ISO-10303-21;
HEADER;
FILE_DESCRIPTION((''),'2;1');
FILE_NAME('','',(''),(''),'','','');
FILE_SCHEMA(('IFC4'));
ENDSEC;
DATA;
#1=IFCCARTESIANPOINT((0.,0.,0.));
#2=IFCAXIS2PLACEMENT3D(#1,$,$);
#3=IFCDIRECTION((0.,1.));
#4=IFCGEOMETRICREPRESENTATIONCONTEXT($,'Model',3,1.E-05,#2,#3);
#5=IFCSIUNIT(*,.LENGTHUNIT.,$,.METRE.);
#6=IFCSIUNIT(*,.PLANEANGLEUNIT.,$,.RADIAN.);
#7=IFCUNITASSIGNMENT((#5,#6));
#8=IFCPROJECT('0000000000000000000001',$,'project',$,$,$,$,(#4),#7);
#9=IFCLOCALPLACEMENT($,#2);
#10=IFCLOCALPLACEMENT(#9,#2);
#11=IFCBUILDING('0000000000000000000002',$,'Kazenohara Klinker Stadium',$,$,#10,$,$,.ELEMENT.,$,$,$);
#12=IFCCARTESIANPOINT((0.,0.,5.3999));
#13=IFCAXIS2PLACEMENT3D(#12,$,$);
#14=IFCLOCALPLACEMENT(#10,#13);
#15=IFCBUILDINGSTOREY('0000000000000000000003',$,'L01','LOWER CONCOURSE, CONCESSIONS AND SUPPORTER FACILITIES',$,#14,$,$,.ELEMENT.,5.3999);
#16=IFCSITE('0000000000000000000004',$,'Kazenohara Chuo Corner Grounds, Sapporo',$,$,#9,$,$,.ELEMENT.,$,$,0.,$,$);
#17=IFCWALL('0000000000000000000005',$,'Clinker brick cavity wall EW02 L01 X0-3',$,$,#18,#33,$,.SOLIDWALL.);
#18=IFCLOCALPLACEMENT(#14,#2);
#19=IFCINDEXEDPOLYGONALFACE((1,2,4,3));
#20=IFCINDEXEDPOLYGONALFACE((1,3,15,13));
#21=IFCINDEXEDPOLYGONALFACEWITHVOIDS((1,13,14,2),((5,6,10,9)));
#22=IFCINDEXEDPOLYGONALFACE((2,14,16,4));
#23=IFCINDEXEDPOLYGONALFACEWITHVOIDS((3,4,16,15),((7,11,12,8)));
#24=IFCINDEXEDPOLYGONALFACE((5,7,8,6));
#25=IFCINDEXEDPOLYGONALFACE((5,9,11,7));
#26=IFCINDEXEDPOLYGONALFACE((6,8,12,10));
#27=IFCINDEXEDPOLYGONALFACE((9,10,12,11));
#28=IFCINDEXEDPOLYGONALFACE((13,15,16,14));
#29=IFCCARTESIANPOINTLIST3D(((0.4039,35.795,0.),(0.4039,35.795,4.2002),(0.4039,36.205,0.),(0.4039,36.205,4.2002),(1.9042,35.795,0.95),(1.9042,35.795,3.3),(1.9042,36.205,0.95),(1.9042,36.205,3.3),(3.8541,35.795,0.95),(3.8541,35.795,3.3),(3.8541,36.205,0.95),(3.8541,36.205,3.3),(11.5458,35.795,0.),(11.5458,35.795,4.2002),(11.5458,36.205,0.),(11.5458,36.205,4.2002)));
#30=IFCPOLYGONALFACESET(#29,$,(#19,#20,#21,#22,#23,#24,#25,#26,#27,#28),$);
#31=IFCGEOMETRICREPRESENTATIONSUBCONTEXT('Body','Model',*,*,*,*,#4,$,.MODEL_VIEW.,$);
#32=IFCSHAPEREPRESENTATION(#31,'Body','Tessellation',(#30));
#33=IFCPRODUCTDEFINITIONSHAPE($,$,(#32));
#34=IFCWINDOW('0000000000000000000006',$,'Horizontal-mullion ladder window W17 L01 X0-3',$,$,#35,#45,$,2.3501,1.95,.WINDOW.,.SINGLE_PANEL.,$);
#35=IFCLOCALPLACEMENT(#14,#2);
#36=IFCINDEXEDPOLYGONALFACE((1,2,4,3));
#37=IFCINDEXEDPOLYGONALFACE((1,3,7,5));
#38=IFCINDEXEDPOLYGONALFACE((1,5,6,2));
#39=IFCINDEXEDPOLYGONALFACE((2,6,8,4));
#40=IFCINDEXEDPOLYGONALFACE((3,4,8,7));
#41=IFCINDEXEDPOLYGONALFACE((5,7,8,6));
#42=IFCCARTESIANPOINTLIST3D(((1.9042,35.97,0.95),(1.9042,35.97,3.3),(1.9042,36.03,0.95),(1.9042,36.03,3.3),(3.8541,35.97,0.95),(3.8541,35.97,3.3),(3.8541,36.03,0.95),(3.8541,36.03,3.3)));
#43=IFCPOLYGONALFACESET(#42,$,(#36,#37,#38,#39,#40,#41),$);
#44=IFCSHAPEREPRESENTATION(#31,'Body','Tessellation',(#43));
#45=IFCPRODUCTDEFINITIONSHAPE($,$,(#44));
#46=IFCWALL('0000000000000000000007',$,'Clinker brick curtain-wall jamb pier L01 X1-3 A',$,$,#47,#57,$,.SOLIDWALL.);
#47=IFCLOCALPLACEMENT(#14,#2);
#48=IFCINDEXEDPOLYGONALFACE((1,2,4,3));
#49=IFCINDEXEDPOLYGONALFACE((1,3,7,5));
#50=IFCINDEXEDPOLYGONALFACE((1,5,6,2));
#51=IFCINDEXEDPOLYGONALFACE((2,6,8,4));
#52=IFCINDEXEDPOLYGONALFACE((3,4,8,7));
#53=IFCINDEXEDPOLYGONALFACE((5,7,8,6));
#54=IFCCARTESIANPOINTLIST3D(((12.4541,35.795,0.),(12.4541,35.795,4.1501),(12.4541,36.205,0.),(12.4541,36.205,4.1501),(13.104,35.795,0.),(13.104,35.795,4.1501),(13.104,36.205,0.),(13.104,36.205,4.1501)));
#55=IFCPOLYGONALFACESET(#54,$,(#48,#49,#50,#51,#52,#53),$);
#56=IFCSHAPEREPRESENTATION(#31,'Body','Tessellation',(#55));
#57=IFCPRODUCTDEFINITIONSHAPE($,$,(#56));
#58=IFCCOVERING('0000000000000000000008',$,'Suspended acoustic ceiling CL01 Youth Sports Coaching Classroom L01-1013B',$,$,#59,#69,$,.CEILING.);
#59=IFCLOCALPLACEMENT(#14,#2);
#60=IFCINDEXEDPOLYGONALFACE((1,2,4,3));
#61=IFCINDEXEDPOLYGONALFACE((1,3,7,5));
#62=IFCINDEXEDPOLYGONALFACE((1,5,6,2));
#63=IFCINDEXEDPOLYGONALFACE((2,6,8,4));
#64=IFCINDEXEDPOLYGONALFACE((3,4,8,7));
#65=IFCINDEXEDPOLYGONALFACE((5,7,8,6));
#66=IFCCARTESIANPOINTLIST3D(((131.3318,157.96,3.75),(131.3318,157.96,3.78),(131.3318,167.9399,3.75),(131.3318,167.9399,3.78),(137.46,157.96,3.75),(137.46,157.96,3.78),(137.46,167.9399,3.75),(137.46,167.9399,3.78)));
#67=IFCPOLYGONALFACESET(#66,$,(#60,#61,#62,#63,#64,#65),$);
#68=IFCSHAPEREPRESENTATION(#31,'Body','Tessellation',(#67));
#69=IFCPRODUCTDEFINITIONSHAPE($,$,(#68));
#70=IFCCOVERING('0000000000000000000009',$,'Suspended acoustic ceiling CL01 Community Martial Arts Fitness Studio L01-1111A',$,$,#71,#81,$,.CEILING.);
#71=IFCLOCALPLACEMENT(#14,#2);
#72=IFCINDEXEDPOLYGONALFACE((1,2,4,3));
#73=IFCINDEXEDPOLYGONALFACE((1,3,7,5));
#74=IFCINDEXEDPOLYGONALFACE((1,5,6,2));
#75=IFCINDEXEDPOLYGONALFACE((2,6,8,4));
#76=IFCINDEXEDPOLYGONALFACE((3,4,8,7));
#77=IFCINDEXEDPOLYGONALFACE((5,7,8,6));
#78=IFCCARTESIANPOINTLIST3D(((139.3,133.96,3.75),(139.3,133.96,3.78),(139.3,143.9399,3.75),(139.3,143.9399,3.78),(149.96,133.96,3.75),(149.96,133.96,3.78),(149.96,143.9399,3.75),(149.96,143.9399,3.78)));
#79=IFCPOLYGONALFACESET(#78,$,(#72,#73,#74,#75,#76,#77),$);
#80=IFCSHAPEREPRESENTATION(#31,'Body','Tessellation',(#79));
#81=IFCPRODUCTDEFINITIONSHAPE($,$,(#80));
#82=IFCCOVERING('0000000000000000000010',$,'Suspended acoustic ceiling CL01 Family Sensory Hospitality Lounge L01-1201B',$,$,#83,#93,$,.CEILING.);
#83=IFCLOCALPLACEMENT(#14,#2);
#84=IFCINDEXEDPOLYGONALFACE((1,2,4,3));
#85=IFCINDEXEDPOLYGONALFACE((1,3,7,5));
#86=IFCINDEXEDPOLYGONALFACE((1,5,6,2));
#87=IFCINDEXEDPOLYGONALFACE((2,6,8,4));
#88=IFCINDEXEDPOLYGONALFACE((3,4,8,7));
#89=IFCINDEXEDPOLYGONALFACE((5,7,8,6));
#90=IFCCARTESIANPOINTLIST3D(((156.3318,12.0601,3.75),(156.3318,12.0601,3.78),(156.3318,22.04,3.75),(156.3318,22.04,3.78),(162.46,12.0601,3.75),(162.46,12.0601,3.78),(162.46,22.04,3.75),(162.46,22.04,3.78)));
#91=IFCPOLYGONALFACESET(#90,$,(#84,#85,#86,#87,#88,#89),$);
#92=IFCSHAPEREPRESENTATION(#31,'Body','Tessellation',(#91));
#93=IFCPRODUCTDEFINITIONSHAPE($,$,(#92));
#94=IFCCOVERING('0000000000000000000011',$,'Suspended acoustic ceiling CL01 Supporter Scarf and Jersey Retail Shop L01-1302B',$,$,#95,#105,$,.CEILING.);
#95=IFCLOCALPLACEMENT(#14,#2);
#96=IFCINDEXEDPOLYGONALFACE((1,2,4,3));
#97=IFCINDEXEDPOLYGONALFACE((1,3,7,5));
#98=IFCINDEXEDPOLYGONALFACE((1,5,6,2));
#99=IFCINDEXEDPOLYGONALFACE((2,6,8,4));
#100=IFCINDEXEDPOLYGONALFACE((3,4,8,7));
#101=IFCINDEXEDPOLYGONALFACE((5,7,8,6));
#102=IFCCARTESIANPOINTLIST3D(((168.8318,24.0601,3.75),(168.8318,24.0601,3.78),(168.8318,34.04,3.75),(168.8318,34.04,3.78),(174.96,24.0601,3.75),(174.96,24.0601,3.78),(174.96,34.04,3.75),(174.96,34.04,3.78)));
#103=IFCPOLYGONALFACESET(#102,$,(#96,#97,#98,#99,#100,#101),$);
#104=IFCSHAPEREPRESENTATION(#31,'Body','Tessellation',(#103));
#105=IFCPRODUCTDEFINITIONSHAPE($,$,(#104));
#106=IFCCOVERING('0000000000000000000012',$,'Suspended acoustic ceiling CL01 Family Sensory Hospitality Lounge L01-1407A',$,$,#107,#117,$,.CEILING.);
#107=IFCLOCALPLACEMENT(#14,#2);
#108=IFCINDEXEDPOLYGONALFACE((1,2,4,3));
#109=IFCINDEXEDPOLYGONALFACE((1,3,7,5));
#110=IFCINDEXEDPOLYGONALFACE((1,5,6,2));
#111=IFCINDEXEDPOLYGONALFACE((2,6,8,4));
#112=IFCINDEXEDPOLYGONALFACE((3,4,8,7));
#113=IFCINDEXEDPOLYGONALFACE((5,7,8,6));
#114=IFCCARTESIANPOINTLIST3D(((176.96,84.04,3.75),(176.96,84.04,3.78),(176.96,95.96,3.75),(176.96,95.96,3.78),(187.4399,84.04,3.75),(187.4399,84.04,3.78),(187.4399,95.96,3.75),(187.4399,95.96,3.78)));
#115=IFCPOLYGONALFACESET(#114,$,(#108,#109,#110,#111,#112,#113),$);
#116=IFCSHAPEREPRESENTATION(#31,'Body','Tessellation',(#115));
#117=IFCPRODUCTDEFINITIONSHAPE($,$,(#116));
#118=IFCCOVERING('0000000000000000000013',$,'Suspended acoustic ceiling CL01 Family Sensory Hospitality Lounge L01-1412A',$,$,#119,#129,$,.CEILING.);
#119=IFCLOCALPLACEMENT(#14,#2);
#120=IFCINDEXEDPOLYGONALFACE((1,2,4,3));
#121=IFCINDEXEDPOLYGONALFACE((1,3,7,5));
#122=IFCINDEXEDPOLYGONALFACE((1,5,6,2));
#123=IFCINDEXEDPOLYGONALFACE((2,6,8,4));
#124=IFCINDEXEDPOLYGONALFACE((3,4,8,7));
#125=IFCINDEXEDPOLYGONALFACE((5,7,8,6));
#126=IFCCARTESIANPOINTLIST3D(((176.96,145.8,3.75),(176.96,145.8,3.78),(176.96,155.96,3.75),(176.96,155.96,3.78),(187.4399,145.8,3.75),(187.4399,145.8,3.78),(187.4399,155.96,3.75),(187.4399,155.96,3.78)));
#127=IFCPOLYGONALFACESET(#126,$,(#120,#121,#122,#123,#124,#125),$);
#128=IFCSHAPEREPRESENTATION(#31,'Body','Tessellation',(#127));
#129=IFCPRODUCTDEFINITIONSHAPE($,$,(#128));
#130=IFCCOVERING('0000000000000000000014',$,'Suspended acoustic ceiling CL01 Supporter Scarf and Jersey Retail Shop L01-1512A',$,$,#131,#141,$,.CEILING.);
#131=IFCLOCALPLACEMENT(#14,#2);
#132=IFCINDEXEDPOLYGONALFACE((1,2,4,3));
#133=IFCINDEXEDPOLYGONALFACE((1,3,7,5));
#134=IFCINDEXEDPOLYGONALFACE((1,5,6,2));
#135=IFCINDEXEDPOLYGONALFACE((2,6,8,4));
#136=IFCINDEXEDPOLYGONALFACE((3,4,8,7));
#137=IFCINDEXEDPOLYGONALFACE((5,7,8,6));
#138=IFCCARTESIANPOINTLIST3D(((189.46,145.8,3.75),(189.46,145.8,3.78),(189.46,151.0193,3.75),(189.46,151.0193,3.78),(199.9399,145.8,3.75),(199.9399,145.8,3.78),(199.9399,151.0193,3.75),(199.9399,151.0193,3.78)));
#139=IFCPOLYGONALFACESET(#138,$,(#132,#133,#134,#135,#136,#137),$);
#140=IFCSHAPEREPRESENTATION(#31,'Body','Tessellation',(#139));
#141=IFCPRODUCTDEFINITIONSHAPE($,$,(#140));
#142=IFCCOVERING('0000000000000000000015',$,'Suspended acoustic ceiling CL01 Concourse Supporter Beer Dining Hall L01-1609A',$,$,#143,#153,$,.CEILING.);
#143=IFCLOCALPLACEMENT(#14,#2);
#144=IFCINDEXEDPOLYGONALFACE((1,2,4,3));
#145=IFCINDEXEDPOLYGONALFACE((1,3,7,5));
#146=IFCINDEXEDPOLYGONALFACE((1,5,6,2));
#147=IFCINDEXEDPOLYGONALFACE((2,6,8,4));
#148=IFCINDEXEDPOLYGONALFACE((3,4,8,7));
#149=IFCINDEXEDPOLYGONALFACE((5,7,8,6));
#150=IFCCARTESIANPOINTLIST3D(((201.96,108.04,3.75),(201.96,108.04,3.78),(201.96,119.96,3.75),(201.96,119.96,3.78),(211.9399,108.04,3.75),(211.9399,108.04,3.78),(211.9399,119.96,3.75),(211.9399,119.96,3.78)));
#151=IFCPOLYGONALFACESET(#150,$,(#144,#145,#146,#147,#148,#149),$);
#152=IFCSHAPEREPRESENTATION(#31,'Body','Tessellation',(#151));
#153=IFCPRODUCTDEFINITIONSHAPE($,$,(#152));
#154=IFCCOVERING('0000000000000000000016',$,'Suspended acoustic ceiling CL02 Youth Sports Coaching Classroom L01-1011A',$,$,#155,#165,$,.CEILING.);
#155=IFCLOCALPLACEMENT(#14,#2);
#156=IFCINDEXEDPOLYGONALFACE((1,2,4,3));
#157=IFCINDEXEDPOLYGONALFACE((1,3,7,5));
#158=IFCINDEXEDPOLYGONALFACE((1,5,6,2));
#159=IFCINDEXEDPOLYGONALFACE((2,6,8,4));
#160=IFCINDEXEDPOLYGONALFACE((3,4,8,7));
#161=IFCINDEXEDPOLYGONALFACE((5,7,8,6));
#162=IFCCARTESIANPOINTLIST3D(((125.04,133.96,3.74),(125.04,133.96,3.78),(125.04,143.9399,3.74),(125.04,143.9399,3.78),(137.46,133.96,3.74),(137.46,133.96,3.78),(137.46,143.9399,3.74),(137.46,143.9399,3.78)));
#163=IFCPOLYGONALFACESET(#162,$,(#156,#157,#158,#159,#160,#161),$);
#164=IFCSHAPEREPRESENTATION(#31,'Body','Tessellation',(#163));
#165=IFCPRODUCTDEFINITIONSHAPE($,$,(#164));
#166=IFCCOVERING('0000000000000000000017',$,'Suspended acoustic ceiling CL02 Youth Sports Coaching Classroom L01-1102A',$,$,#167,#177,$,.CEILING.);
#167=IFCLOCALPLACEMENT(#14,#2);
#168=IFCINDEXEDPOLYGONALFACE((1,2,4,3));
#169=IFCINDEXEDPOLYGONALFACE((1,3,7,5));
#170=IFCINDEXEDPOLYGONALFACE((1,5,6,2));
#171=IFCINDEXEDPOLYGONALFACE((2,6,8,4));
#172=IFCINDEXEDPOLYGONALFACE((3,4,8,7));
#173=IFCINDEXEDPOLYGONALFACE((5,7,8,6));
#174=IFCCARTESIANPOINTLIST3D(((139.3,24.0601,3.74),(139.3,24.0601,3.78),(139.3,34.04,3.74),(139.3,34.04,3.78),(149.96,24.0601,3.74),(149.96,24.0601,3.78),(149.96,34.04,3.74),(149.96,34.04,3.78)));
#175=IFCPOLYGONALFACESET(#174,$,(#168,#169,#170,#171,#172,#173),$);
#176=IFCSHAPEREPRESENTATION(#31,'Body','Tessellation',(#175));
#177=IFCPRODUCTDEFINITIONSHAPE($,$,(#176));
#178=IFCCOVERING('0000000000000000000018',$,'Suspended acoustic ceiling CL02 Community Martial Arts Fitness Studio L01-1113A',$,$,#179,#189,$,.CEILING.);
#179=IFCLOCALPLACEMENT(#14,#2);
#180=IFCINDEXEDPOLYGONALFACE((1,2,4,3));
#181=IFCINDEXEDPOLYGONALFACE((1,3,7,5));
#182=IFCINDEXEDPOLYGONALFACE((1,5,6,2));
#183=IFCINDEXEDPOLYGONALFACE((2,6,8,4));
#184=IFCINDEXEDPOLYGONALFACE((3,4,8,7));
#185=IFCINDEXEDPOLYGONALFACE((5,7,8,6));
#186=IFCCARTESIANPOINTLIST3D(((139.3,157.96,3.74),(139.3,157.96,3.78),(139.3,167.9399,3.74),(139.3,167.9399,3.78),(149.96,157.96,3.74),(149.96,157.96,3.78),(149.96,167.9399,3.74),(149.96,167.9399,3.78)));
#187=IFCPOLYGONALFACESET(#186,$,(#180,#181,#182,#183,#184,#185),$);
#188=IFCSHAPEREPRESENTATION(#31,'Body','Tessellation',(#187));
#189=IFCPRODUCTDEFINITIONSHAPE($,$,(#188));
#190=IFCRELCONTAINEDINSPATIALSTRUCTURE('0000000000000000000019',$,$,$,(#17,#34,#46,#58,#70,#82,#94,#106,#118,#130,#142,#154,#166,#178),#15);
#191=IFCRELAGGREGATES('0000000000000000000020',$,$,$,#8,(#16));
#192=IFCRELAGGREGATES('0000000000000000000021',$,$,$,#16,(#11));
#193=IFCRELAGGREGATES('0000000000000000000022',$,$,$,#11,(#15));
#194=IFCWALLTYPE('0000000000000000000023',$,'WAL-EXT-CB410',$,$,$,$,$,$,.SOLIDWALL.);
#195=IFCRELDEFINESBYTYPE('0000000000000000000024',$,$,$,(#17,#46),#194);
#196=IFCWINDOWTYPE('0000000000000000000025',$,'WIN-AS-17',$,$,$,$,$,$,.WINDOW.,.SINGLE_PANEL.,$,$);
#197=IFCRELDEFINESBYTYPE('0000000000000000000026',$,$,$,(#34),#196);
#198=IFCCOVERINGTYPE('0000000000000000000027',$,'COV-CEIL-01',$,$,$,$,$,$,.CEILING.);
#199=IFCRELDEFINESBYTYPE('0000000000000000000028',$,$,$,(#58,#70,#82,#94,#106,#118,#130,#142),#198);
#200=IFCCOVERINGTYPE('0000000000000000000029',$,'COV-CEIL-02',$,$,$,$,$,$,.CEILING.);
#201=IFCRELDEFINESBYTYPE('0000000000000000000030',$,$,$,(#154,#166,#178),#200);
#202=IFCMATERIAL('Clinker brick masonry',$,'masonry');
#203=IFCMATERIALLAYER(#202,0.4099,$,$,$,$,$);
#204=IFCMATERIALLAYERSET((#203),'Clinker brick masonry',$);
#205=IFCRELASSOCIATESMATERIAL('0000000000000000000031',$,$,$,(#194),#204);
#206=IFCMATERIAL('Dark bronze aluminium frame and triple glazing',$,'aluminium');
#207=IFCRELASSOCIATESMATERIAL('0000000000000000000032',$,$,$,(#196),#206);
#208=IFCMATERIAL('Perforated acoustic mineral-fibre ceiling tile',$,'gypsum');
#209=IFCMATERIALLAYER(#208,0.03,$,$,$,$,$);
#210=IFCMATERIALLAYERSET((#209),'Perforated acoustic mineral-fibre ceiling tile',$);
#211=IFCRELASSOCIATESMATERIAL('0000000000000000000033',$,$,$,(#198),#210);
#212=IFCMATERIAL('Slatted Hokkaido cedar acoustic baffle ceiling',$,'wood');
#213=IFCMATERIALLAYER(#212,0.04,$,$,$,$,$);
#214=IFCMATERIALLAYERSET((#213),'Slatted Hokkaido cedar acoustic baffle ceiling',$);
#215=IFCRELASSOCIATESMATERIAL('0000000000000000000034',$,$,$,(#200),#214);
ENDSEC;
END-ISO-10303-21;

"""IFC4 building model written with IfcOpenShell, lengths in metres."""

from ifc_helpers import new_model, si_unit, direction, frame, frame_2d, origin, place, context, subcontext, project, spatial, polyline, rectangle, outline, extrude, material, layer, layer_set, type_object, element, fill, save


model = new_model("IFC4")

# Units and contexts
model_context = context("Model", 3, precision=1e-05, world=origin(), true_north=direction((0.0, 1.0)))
body_context = subcontext(model_context, "Body", "Model", "MODEL_VIEW")
ifc_project = project(units=[si_unit("LENGTHUNIT", "METRE"), si_unit("PLANEANGLEUNIT", "RADIAN")], contexts=[model_context])

# Site, building, storey
site_placement = place(None, origin())
site = spatial("IfcSite", under=ifc_project, at=site_placement, Name="Kazenohara Chuo Corner Grounds, Sapporo", CompositionType="ELEMENT", RefElevation=0.0)
building_placement = place(site_placement, origin())
building = spatial("IfcBuilding", under=site, at=building_placement, Name="Kazenohara Klinker Stadium", CompositionType="ELEMENT")
storey_placement = place(building_placement, frame((0.0, 0.0, 5.3999)))
storey = spatial("IfcBuildingStorey", under=building, at=storey_placement, Name="L01", Description="LOWER CONCOURSE, CONCESSIONS AND SUPPORTER FACILITIES", CompositionType="ELEMENT", Elevation=5.3999)

# Wall, opening, window
ifc_material_1 = material(Name="Clinker brick masonry", Category="masonry")
ifc_layer_1 = layer(ifc_material_1, 0.4099)
ifc_layer_set_1 = layer_set([ifc_layer_1], Name="Clinker brick masonry")
wall_type = type_object("IfcWallType", Name="WAL-EXT-CB410", PredefinedType="SOLIDWALL", material=ifc_layer_set_1)
wall_1_placement = place(storey_placement, frame((0.4041, 36.0, 0.0), z_axis=(0.0, 0.0, 1.0), x_axis=(1.0, 0.0, 0.0)))
wall_1 = element("IfcWall", 1, at=wall_1_placement, inside=storey, type_object=wall_type, Name="Clinker brick cavity wall EW02 L01 X0-3", PredefinedType="SOLIDWALL", context=body_context, shape_type="SweptSolid", body=[
    extrude(rectangle(XDim=11.1418, YDim=0.4099, at=frame_2d((5.5708, 0.0))), origin(), (0.0, 0.0, 1.0), 4.2002),
])
opening_placement = place(wall_1_placement, frame((1.5, 0.0, 0.95)))
opening = element("IfcOpeningElement", 2, at=opening_placement, cuts=wall_1, PredefinedType="OPENING", context=body_context, shape_type="SweptSolid", body=[
    extrude(rectangle(XDim=1.95, YDim=2.3501, at=frame_2d((0.9751, 1.175))), frame((0.0, 0.2148, 0.0), z_axis=(0.0, -1.0, 0.0), x_axis=(1.0, 0.0, 0.0)), (0.0, 0.0, 1.0), 0.4299),
])
ifc_material_2 = material(Name="Dark bronze aluminium frame and triple glazing", Category="aluminium")
window_type = type_object("IfcWindowType", Name="WIN-AS-17", PartitioningType="SINGLE_PANEL", PredefinedType="WINDOW", material=ifc_material_2)
window_placement = place(opening_placement, origin())
window = element("IfcWindow", 3, at=window_placement, inside=storey, type_object=window_type, Name="Horizontal-mullion ladder window W17 L01 X0-3", OverallHeight=2.3501, OverallWidth=1.95, PartitioningType="SINGLE_PANEL", PredefinedType="WINDOW", context=body_context, shape_type="SweptSolid", body=[
    extrude(rectangle(XDim=1.95, YDim=2.3501, at=frame_2d((0.9751, 1.175))), frame((0.0, 0.03, 0.0), z_axis=(0.0, -1.0, 0.0), x_axis=(1.0, 0.0, 0.0)), (0.0, 0.0, 1.0), 0.0601),
])
fill(opening, window)

# Wall
wall_2_placement = place(storey_placement, frame((12.4541, 36.0, 0.0), z_axis=(0.0, 0.0, 1.0), x_axis=(1.0, 0.0, 0.0)))
element("IfcWall", 4, at=wall_2_placement, inside=storey, type_object=wall_type, Name="Clinker brick curtain-wall jamb pier L01 X1-3 A", PredefinedType="SOLIDWALL", context=body_context, shape_type="SweptSolid", body=[
    extrude(rectangle(XDim=0.6499, YDim=0.4099, at=frame_2d((0.325, 0.0))), origin(), (0.0, 0.0, 1.0), 4.1501),
])

# Coverings
ifc_material_3 = material(Name="Perforated acoustic mineral-fibre ceiling tile", Category="gypsum")
ifc_layer_2 = layer(ifc_material_3, 0.03)
ifc_layer_set_2 = layer_set([ifc_layer_2], Name="Perforated acoustic mineral-fibre ceiling tile")
covering_type_1 = type_object("IfcCoveringType", Name="COV-CEIL-01", PredefinedType="CEILING", material=ifc_layer_set_2)
covering_1_placement = place(storey_placement, frame((0.0, 0.0, 3.75)))
element("IfcCovering", 5, at=covering_1_placement, inside=storey, type_object=covering_type_1, Name="Suspended acoustic ceiling CL01 Youth Sports Coaching Classroom L01-1013B", PredefinedType="CEILING", context=body_context, shape_type="SweptSolid", body=[
    extrude(outline(polyline([(131.3318, 157.96), (137.46, 157.96), (137.46, 167.9399), (131.3318, 167.9399), (131.3318, 157.96)])), origin(), (0.0, 0.0, 1.0), 0.03),
])
covering_2_placement = place(storey_placement, frame((0.0, 0.0, 3.75)))
element("IfcCovering", 6, at=covering_2_placement, inside=storey, type_object=covering_type_1, Name="Suspended acoustic ceiling CL01 Community Martial Arts Fitness Studio L01-1111A", PredefinedType="CEILING", context=body_context, shape_type="SweptSolid", body=[
    extrude(outline(polyline([(139.3, 133.96), (149.96, 133.96), (149.96, 143.9399), (139.3, 143.9399), (139.3, 133.96)])), origin(), (0.0, 0.0, 1.0), 0.03),
])
covering_3_placement = place(storey_placement, frame((0.0, 0.0, 3.75)))
element("IfcCovering", 7, at=covering_3_placement, inside=storey, type_object=covering_type_1, Name="Suspended acoustic ceiling CL01 Family Sensory Hospitality Lounge L01-1201B", PredefinedType="CEILING", context=body_context, shape_type="SweptSolid", body=[
    extrude(outline(polyline([(156.3318, 12.0601), (162.46, 12.0601), (162.46, 22.04), (156.3318, 22.04), (156.3318, 12.0601)])), origin(), (0.0, 0.0, 1.0), 0.03),
])
covering_4_placement = place(storey_placement, frame((0.0, 0.0, 3.75)))
element("IfcCovering", 8, at=covering_4_placement, inside=storey, type_object=covering_type_1, Name="Suspended acoustic ceiling CL01 Supporter Scarf and Jersey Retail Shop L01-1302B", PredefinedType="CEILING", context=body_context, shape_type="SweptSolid", body=[
    extrude(outline(polyline([(168.8318, 24.0601), (174.96, 24.0601), (174.96, 34.04), (168.8318, 34.04), (168.8318, 24.0601)])), origin(), (0.0, 0.0, 1.0), 0.03),
])
covering_5_placement = place(storey_placement, frame((0.0, 0.0, 3.75)))
element("IfcCovering", 9, at=covering_5_placement, inside=storey, type_object=covering_type_1, Name="Suspended acoustic ceiling CL01 Family Sensory Hospitality Lounge L01-1407A", PredefinedType="CEILING", context=body_context, shape_type="SweptSolid", body=[
    extrude(outline(polyline([(176.96, 84.04), (187.4399, 84.04), (187.4399, 95.96), (176.96, 95.96), (176.96, 84.04)])), origin(), (0.0, 0.0, 1.0), 0.03),
])
covering_6_placement = place(storey_placement, frame((0.0, 0.0, 3.75)))
element("IfcCovering", 10, at=covering_6_placement, inside=storey, type_object=covering_type_1, Name="Suspended acoustic ceiling CL01 Family Sensory Hospitality Lounge L01-1412A", PredefinedType="CEILING", context=body_context, shape_type="SweptSolid", body=[
    extrude(outline(polyline([(176.96, 145.8), (187.4399, 145.8), (187.4399, 155.96), (176.96, 155.96), (176.96, 145.8)])), origin(), (0.0, 0.0, 1.0), 0.03),
])
covering_7_placement = place(storey_placement, frame((0.0, 0.0, 3.75)))
element("IfcCovering", 11, at=covering_7_placement, inside=storey, type_object=covering_type_1, Name="Suspended acoustic ceiling CL01 Supporter Scarf and Jersey Retail Shop L01-1512A", PredefinedType="CEILING", context=body_context, shape_type="SweptSolid", body=[
    extrude(outline(polyline([(189.46, 145.8), (199.9399, 145.8), (199.9399, 151.0193), (189.46, 151.0193), (189.46, 145.8)])), origin(), (0.0, 0.0, 1.0), 0.03),
])
covering_8_placement = place(storey_placement, frame((0.0, 0.0, 3.75)))
element("IfcCovering", 12, at=covering_8_placement, inside=storey, type_object=covering_type_1, Name="Suspended acoustic ceiling CL01 Concourse Supporter Beer Dining Hall L01-1609A", PredefinedType="CEILING", context=body_context, shape_type="SweptSolid", body=[
    extrude(outline(polyline([(201.96, 108.04), (211.9399, 108.04), (211.9399, 119.96), (201.96, 119.96), (201.96, 108.04)])), origin(), (0.0, 0.0, 1.0), 0.03),
])
ifc_material_4 = material(Name="Slatted Hokkaido cedar acoustic baffle ceiling", Category="wood")
ifc_layer_3 = layer(ifc_material_4, 0.04)
ifc_layer_set_3 = layer_set([ifc_layer_3], Name="Slatted Hokkaido cedar acoustic baffle ceiling")
covering_type_2 = type_object("IfcCoveringType", Name="COV-CEIL-02", PredefinedType="CEILING", material=ifc_layer_set_3)
covering_9_placement = place(storey_placement, frame((0.0, 0.0, 3.74)))
element("IfcCovering", 13, at=covering_9_placement, inside=storey, type_object=covering_type_2, Name="Suspended acoustic ceiling CL02 Youth Sports Coaching Classroom L01-1011A", PredefinedType="CEILING", context=body_context, shape_type="SweptSolid", body=[
    extrude(outline(polyline([(125.04, 133.96), (137.46, 133.96), (137.46, 143.9399), (125.04, 143.9399), (125.04, 133.96)])), origin(), (0.0, 0.0, 1.0), 0.04),
])
covering_10_placement = place(storey_placement, frame((0.0, 0.0, 3.74)))
element("IfcCovering", 14, at=covering_10_placement, inside=storey, type_object=covering_type_2, Name="Suspended acoustic ceiling CL02 Youth Sports Coaching Classroom L01-1102A", PredefinedType="CEILING", context=body_context, shape_type="SweptSolid", body=[
    extrude(outline(polyline([(139.3, 24.0601), (149.96, 24.0601), (149.96, 34.04), (139.3, 34.04), (139.3, 24.0601)])), origin(), (0.0, 0.0, 1.0), 0.04),
])
covering_11_placement = place(storey_placement, frame((0.0, 0.0, 3.74)))
element("IfcCovering", 15, at=covering_11_placement, inside=storey, type_object=covering_type_2, Name="Suspended acoustic ceiling CL02 Community Martial Arts Fitness Studio L01-1113A", PredefinedType="CEILING", context=body_context, shape_type="SweptSolid", body=[
    extrude(outline(polyline([(139.3, 157.96), (149.96, 157.96), (149.96, 167.9399), (139.3, 167.9399), (139.3, 157.96)])), origin(), (0.0, 0.0, 1.0), 0.04),
])

save(model, "model.ifc")
